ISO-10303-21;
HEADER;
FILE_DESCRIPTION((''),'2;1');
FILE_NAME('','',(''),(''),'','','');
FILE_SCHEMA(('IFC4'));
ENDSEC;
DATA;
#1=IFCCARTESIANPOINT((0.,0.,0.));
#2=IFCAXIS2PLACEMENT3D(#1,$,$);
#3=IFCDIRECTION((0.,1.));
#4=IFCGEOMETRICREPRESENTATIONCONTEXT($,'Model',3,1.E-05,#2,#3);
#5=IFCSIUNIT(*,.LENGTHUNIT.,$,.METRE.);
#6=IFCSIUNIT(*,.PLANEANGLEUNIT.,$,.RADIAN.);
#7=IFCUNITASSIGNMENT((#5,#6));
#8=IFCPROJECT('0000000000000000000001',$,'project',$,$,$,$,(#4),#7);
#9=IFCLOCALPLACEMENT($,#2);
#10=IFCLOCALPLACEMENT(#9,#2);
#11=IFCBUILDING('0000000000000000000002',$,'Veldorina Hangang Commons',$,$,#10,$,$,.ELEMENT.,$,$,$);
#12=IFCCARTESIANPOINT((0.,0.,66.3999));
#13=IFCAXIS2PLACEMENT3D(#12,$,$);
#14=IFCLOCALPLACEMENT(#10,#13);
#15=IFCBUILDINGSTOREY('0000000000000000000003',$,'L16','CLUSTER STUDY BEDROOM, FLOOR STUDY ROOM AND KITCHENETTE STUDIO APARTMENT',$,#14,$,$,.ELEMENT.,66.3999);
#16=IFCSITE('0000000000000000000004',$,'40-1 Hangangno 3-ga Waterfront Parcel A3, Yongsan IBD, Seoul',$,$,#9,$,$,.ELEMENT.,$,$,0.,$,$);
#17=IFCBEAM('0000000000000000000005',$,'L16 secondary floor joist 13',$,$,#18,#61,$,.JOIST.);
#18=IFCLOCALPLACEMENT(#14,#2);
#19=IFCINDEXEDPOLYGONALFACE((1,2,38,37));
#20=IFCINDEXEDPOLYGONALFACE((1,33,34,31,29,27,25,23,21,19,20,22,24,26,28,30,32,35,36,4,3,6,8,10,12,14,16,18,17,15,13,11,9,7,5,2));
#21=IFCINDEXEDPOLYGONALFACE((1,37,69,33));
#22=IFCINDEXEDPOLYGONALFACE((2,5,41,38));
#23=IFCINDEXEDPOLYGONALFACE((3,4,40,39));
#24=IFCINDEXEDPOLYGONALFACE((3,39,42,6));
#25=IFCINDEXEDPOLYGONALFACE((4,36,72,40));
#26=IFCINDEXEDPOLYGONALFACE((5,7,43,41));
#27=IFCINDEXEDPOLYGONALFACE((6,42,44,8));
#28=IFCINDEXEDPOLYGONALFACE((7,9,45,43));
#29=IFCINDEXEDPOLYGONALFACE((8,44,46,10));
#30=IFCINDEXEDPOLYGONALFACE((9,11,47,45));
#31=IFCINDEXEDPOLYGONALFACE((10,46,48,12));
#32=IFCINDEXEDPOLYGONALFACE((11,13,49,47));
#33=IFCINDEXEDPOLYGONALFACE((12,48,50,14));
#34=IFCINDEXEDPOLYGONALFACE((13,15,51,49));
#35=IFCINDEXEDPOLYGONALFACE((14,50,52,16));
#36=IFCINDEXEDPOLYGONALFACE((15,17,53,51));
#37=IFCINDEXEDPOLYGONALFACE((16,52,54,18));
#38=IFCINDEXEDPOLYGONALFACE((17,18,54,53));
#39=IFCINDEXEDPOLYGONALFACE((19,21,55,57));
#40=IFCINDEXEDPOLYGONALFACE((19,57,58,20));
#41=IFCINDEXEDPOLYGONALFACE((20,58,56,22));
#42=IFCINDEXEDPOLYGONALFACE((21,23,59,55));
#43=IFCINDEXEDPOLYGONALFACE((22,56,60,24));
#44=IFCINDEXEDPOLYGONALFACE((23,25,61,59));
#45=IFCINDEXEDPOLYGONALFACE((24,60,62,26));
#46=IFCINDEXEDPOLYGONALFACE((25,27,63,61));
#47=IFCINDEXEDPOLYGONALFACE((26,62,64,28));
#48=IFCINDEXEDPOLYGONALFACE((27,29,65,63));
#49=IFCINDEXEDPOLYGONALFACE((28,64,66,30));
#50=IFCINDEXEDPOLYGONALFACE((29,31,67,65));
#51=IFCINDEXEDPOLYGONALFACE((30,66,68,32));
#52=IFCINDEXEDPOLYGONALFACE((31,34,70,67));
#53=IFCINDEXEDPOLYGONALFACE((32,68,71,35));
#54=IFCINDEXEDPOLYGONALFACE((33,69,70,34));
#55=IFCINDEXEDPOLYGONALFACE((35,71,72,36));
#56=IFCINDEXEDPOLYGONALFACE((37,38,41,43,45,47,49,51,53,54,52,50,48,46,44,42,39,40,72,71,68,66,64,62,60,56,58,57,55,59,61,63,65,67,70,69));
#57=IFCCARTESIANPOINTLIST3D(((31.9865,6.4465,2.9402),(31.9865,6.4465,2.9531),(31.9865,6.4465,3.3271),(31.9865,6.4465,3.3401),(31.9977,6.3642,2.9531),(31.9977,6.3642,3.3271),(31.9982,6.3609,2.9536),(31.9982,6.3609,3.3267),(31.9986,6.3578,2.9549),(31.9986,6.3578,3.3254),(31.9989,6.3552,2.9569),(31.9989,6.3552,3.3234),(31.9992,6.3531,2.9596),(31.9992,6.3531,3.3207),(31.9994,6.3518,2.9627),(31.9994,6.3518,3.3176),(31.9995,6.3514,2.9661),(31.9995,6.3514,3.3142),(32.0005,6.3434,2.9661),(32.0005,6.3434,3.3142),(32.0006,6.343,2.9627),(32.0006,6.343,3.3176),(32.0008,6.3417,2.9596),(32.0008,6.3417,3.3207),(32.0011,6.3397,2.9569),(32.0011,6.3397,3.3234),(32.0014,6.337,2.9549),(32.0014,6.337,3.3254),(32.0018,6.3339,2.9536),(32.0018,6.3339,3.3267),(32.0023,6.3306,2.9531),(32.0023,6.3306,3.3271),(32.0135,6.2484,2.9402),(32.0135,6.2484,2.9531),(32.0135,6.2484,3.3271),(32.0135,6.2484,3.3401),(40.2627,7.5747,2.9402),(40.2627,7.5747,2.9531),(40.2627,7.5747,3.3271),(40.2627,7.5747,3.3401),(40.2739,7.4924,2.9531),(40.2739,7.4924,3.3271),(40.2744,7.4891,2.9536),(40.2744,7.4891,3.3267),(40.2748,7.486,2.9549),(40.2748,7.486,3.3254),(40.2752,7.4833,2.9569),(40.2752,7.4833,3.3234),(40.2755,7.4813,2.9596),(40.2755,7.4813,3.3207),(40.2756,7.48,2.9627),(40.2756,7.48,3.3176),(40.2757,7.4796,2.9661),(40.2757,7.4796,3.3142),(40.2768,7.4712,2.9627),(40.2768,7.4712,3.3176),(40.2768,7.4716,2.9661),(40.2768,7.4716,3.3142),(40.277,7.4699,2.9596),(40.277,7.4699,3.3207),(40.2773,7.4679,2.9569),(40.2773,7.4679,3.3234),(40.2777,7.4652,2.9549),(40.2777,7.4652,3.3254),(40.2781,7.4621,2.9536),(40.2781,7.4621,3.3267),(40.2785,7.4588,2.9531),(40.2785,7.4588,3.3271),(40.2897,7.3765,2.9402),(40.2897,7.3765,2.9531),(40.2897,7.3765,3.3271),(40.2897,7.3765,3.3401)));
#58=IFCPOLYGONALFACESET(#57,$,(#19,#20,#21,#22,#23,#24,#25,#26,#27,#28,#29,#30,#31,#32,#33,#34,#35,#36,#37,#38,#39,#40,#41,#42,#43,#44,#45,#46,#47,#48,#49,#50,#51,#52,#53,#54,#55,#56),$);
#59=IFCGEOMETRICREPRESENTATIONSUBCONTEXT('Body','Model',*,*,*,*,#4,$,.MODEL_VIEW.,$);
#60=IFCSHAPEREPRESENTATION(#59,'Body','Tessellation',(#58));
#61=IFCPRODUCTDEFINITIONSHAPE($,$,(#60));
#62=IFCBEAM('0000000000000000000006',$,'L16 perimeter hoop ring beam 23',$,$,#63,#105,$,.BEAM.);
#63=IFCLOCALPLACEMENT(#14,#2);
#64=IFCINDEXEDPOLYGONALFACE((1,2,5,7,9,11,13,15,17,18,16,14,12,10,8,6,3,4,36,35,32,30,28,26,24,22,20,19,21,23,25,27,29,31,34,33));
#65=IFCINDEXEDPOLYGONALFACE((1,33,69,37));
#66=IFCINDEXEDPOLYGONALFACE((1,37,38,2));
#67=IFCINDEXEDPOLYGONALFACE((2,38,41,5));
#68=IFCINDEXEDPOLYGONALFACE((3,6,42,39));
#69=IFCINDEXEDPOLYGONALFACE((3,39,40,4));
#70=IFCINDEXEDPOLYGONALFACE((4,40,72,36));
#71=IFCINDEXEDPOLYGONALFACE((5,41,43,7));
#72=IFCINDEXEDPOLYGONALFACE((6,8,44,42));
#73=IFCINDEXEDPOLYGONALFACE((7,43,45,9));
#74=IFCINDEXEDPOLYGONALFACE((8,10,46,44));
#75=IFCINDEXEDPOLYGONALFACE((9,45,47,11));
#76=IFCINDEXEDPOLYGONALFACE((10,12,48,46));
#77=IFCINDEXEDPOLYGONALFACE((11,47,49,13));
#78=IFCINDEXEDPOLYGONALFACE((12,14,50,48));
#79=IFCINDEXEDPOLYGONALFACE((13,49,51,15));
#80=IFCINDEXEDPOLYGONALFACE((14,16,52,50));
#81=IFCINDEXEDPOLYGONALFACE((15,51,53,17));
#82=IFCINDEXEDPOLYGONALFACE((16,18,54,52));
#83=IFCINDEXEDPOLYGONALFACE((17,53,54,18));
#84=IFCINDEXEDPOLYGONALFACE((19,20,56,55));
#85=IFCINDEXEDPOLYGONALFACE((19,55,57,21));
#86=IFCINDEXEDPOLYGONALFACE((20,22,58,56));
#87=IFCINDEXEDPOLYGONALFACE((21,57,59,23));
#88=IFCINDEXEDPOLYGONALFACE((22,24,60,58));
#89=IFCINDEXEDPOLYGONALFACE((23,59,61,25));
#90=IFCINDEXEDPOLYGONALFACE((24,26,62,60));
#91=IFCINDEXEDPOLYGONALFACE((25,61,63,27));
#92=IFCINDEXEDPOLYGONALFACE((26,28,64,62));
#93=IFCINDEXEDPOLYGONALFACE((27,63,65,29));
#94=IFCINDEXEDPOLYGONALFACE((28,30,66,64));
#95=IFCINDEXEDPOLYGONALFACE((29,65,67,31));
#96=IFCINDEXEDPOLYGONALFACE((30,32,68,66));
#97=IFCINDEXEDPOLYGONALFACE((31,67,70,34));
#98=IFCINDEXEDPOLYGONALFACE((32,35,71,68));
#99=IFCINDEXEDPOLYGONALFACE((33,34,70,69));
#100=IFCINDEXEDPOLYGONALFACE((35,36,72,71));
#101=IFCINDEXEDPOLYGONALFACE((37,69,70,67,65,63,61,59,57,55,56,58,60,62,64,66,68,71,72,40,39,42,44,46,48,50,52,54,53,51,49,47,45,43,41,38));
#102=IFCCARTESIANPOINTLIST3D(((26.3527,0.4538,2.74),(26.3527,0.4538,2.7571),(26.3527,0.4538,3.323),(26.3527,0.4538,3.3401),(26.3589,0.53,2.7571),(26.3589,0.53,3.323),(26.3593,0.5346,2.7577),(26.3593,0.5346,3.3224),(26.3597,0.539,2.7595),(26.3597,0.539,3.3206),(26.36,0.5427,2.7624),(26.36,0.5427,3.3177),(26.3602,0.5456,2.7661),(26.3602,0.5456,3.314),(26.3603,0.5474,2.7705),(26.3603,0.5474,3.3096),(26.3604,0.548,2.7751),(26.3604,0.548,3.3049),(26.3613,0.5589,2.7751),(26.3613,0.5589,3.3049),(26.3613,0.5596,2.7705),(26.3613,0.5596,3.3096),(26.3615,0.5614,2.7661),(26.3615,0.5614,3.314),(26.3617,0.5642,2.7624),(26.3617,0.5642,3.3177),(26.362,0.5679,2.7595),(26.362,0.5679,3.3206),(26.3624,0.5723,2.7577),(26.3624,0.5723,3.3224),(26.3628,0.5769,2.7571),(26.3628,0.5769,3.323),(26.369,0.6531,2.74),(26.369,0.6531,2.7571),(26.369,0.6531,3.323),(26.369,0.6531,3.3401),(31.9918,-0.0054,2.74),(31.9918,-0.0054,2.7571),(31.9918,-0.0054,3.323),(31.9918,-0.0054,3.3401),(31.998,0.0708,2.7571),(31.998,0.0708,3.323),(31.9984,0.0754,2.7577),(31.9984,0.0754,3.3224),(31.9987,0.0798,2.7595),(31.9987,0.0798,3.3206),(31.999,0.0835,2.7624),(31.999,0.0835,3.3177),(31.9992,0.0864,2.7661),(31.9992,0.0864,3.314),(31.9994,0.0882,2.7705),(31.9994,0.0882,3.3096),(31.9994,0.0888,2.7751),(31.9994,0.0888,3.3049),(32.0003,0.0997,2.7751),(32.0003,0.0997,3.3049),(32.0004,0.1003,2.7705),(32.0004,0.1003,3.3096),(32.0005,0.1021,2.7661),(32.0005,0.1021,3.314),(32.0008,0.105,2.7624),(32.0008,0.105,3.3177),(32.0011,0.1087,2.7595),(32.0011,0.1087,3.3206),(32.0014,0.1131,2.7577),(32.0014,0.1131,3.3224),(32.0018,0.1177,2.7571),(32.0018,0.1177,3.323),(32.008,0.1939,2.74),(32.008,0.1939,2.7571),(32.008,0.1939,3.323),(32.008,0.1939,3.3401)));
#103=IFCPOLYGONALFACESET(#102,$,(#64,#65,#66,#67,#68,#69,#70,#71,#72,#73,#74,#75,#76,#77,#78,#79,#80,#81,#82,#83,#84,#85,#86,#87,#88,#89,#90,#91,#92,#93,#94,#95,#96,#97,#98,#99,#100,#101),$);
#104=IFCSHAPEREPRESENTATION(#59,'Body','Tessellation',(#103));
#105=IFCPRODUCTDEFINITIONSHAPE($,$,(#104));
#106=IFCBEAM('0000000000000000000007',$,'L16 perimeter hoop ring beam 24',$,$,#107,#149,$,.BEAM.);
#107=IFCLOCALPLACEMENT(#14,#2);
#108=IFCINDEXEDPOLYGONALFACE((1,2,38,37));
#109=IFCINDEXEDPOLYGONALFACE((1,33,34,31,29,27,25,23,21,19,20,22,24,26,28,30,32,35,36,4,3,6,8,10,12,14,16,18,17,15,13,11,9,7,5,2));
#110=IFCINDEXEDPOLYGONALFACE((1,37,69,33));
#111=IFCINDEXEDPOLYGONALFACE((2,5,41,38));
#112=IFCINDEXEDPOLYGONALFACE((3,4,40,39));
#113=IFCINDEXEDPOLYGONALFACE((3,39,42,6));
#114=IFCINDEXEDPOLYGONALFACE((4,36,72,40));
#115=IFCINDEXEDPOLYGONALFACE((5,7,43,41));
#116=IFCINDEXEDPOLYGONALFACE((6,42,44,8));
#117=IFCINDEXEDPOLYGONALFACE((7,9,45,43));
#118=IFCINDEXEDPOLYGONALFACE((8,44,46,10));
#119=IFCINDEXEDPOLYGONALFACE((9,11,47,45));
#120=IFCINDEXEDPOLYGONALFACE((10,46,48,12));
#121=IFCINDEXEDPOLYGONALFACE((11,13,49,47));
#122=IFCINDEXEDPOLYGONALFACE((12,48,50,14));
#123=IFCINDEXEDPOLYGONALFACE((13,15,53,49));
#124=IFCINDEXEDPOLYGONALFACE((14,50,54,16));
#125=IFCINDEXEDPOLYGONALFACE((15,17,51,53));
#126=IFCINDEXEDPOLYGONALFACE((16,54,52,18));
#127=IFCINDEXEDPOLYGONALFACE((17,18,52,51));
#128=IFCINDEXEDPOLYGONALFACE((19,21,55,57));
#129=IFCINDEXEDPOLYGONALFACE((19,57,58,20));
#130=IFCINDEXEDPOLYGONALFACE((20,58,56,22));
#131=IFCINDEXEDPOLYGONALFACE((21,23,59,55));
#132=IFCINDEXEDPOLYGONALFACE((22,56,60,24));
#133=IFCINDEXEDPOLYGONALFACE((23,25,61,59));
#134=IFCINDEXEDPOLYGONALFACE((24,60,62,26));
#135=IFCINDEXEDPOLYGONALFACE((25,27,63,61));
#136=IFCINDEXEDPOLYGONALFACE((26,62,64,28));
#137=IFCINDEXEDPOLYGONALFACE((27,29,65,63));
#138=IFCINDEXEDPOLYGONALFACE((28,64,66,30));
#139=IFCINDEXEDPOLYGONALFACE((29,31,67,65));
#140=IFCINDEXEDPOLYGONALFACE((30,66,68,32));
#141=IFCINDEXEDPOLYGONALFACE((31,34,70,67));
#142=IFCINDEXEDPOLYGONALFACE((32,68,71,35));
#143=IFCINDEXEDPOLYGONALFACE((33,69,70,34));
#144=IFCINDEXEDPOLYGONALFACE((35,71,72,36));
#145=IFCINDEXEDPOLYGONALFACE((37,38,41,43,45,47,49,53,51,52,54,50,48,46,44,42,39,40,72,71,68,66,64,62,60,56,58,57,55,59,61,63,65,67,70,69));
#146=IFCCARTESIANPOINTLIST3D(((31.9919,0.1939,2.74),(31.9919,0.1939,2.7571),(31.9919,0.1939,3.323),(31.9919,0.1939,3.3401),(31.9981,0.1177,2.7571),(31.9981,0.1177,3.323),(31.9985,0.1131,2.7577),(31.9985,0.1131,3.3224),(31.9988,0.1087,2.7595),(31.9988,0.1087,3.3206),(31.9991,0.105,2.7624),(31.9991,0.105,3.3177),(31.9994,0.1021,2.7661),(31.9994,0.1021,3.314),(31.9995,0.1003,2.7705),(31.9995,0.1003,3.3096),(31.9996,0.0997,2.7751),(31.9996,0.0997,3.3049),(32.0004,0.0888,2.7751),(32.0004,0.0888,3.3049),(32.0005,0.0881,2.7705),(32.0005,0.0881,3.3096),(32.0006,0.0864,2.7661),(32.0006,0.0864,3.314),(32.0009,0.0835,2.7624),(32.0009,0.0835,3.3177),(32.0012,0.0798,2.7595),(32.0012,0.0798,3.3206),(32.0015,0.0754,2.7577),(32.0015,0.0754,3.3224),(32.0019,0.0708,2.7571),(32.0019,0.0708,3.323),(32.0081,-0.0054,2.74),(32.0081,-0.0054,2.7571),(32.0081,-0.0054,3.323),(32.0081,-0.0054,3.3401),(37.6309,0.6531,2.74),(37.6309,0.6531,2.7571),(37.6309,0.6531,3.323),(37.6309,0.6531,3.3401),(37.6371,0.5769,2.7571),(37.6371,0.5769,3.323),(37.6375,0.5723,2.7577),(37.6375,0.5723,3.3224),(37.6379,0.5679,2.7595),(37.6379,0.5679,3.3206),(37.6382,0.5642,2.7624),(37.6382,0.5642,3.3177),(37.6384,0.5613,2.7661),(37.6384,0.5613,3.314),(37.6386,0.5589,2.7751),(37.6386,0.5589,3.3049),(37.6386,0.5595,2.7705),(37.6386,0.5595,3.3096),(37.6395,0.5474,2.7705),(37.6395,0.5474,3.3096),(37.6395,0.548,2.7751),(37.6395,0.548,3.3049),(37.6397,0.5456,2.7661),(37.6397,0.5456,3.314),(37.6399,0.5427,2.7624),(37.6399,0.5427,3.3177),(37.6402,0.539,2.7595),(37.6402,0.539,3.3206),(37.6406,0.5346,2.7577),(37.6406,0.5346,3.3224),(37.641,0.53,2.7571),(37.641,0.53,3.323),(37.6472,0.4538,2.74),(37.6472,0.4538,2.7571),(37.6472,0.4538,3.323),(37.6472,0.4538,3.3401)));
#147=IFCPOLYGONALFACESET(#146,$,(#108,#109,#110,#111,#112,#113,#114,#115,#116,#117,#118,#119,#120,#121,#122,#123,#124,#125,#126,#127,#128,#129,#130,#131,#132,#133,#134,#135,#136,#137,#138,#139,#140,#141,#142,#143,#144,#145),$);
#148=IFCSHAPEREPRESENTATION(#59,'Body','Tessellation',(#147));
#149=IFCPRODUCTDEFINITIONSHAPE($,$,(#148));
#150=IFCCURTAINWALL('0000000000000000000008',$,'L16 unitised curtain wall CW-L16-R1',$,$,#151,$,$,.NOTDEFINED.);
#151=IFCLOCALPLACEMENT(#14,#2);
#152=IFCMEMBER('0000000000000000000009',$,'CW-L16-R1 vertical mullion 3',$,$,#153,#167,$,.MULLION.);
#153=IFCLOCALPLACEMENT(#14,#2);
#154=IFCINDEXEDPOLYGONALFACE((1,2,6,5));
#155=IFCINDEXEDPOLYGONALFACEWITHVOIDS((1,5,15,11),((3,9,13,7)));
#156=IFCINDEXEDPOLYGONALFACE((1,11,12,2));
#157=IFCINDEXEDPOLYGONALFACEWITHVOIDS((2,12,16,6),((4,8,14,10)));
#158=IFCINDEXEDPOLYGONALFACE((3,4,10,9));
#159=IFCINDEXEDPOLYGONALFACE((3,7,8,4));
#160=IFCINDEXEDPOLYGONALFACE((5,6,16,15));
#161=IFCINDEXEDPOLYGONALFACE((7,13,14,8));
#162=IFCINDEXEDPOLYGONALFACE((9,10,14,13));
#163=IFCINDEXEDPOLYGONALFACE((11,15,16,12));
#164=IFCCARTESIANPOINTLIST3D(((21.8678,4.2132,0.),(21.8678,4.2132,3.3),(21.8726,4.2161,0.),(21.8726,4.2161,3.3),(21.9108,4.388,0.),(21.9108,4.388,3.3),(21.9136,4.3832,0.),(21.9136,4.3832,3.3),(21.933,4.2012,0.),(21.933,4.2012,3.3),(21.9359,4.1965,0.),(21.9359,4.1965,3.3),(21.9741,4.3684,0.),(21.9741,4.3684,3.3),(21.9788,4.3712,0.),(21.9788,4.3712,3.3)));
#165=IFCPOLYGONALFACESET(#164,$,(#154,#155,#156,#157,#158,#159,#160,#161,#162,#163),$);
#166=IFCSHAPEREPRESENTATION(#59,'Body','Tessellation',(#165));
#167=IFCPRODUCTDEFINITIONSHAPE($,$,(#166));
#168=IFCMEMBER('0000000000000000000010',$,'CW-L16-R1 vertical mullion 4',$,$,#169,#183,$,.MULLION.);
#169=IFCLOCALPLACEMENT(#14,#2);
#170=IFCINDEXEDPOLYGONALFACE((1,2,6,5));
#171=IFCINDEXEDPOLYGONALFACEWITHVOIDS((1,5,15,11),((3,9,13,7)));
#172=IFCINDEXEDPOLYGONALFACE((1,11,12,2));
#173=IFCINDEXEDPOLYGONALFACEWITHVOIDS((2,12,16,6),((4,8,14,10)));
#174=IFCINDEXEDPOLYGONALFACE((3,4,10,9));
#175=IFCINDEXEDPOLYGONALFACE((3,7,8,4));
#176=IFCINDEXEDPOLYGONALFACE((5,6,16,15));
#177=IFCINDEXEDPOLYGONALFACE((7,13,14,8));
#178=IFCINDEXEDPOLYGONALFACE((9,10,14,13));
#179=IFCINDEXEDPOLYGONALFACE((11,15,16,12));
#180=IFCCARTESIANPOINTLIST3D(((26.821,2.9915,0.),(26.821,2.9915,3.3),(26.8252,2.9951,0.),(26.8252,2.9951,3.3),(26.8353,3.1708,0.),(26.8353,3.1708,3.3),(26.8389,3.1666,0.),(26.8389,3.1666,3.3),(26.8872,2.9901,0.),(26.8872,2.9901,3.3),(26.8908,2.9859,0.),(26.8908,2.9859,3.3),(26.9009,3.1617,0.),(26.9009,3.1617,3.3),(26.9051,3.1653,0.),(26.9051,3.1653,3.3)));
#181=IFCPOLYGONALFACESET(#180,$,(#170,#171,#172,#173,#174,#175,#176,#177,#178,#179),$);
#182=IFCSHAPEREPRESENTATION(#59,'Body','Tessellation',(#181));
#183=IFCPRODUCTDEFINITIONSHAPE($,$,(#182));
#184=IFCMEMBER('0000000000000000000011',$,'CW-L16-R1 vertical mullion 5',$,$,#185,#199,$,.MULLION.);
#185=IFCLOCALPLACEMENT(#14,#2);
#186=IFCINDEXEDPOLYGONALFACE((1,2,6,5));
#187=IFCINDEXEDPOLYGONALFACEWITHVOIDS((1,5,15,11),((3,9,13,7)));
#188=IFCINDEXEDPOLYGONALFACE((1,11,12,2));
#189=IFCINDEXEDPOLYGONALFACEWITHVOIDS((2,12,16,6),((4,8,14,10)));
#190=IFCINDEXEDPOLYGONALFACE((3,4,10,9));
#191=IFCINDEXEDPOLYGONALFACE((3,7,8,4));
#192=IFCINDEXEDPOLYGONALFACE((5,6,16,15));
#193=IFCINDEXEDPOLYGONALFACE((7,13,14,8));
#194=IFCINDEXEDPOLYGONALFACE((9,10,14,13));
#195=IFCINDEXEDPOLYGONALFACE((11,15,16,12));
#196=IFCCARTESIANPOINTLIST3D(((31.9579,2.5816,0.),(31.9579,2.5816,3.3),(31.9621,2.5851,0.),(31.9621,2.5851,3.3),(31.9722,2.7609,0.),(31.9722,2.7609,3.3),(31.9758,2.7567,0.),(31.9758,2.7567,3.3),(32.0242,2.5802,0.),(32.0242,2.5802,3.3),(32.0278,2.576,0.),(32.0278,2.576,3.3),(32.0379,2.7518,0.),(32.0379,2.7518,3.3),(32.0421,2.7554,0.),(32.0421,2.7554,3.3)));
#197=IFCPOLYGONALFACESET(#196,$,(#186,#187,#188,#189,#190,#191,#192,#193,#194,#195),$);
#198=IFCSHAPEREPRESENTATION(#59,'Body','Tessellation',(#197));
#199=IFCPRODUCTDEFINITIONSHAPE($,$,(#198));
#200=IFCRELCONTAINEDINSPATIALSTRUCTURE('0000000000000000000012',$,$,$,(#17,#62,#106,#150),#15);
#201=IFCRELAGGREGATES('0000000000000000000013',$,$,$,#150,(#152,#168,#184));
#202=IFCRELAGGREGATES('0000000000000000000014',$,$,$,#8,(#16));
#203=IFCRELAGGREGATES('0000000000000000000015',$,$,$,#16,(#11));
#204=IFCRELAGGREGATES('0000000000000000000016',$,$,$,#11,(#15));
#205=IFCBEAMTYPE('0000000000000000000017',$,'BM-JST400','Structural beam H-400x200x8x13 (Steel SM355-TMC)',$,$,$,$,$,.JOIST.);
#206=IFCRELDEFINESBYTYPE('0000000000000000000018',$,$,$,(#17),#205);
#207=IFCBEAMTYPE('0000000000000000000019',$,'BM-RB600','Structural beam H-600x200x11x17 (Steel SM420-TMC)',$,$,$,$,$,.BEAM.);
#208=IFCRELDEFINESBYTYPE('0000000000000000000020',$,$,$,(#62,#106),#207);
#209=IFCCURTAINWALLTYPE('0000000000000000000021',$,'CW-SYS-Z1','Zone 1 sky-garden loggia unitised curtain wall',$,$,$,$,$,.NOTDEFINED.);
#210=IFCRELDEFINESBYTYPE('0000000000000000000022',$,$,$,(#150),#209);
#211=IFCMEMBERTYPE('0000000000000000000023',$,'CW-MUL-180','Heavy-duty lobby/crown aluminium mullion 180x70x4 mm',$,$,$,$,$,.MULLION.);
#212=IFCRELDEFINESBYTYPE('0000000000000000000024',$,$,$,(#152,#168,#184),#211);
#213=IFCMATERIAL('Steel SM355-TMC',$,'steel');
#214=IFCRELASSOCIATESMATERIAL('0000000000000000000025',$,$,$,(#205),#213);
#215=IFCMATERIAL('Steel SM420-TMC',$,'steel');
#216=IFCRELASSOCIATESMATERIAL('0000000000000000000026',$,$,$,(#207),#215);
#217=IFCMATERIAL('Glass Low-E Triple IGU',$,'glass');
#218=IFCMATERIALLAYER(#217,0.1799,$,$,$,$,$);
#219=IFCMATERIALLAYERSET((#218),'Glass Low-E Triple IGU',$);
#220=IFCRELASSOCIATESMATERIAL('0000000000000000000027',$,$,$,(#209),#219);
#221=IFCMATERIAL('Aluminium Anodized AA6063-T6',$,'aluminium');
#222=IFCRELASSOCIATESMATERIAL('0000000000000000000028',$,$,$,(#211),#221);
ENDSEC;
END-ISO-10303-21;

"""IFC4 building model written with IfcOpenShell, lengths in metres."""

from ifc_helpers import new_model, si_unit, direction, frame, origin, origin_2d, place, context, subcontext, project, spatial, hollow_rectangle, i_section, extrude, material, layer, layer_set, material_profile, profile_set, type_object, element, aggregate, save


model = new_model("IFC4")

# Units and contexts
model_context = context("Model", 3, precision=1e-05, world=origin(), true_north=direction((0.0, 1.0)))
body_context = subcontext(model_context, "Body", "Model", "MODEL_VIEW")
ifc_project = project(units=[si_unit("LENGTHUNIT", "METRE"), si_unit("PLANEANGLEUNIT", "RADIAN")], contexts=[model_context])

# Site, building, storey
site_placement = place(None, origin())
site = spatial("IfcSite", under=ifc_project, at=site_placement, Name="40-1 Hangangno 3-ga Waterfront Parcel A3, Yongsan IBD, Seoul", CompositionType="ELEMENT", RefElevation=0.0)
building_placement = place(site_placement, origin())
building = spatial("IfcBuilding", under=site, at=building_placement, Name="Veldorina Hangang Commons", CompositionType="ELEMENT")
storey_placement = place(building_placement, frame((0.0, 0.0, 66.3999)))
storey = spatial("IfcBuildingStorey", under=building, at=storey_placement, Name="L16", Description="CLUSTER STUDY BEDROOM, FLOOR STUDY ROOM AND KITCHENETTE STUDIO APARTMENT", CompositionType="ELEMENT", Elevation=66.3999)

# Beams
ifc_material_1 = material(Name="Steel SM355-TMC", Category="steel")
ifc_material_profile_1 = material_profile(ifc_material_1, i_section(OverallWidth=0.2, OverallDepth=0.3999, WebThickness=0.0081, FlangeThickness=0.0129, FilletRadius=0.0129, at=origin_2d()), Name="H-400x200x8x13")
ifc_profile_set_1 = profile_set([ifc_material_profile_1], Name="Steel SM355-TMC")
beam_type_1 = type_object("IfcBeamType", Name="BM-JST400", Description="Structural beam H-400x200x8x13 (Steel SM355-TMC)", PredefinedType="JOIST", material=ifc_profile_set_1)
beam_placement = place(storey_placement, frame((32.0, 6.3474, 3.1401), z_axis=(0.990836, 0.135068, 0.0), x_axis=(-0.135068, 0.990836, 0.0)))
element("IfcBeam", 1, at=beam_placement, inside=storey, type_object=beam_type_1, Name="L16 secondary floor joist 13", PredefinedType="JOIST", context=body_context, shape_type="SweptSolid", body=[
    extrude(i_section(OverallWidth=0.2, OverallDepth=0.3999, WebThickness=0.0081, FlangeThickness=0.0129, FilletRadius=0.0129, at=origin_2d()), origin(), (0.0, 0.0, 1.0), 8.3528),
])
ifc_material_2 = material(Name="Steel SM420-TMC", Category="steel")
ifc_material_profile_2 = material_profile(ifc_material_2, i_section(OverallWidth=0.2, OverallDepth=0.6001, WebThickness=0.011, FlangeThickness=0.0171, FilletRadius=0.0181, at=origin_2d()), Name="H-600x200x11x17")
ifc_profile_set_2 = profile_set([ifc_material_profile_2], Name="Steel SM420-TMC")
beam_type_2 = type_object("IfcBeamType", Name="BM-RB600", Description="Structural beam H-600x200x11x17 (Steel SM420-TMC)", PredefinedType="BEAM", material=ifc_profile_set_2)
for number, where, z_axis, x_axis, name in (
    (2, (26.3608, 0.5535, 3.04), (0.996701, -0.081167, 0.0), (0.081167, 0.996701, 0.0), "L16 perimeter hoop ring beam 23"),
    (3, (32.0, 0.0942, 3.04), (0.996701, 0.081167, 0.0), (-0.081167, 0.996701, 0.0), "L16 perimeter hoop ring beam 24"),
):
    element("IfcBeam", number, at=place(storey_placement, frame(where, z_axis=z_axis, x_axis=x_axis)), inside=storey, type_object=beam_type_2, Name=name, PredefinedType="BEAM", context=body_context, shape_type="SweptSolid", body=[
        extrude(i_section(OverallWidth=0.2, OverallDepth=0.6001, WebThickness=0.011, FlangeThickness=0.0171, FilletRadius=0.0181, at=origin_2d()), origin(), (0.0, 0.0, 1.0), 5.6577),
    ])

# Curtain wall, members
ifc_material_3 = material(Name="Glass Low-E Triple IGU", Category="glass")
ifc_layer_1 = layer(ifc_material_3, 0.1799)
ifc_layer_set_1 = layer_set([ifc_layer_1], Name="Glass Low-E Triple IGU")
curtain_wall_type = type_object("IfcCurtainWallType", Name="CW-SYS-Z1", Description="Zone 1 sky-garden loggia unitised curtain wall", PredefinedType="NOTDEFINED", material=ifc_layer_set_1)
curtain_wall_placement = place(storey_placement, origin())
curtain_wall = element("IfcCurtainWall", 4, at=curtain_wall_placement, inside=storey, type_object=curtain_wall_type, Name="L16 unitised curtain wall CW-L16-R1", PredefinedType="NOTDEFINED")
ifc_material_4 = material(Name="Aluminium Anodized AA6063-T6", Category="aluminium")
ifc_material_profile_3 = material_profile(ifc_material_4, hollow_rectangle(XDim=0.0701, YDim=0.1799, WallThickness=0.0039, at=origin_2d()), Name="ALU-RHS-180x70x4")
ifc_profile_set_3 = profile_set([ifc_material_profile_3], Name="Aluminium Anodized AA6063-T6")
member_type_1 = type_object("IfcMemberType", Name="CW-MUL-180", Description="Heavy-duty lobby/crown aluminium mullion 180x70x4 mm", PredefinedType="MULLION", material=ifc_profile_set_3)
member_1_placement = place(storey_placement, frame((21.9233, 4.2922, 0.0), z_axis=(0.0, 0.0, 1.0), x_axis=(0.971105, -0.238652, 0.0)))
member_1 = element("IfcMember", 5, at=member_1_placement, type_object=member_type_1, Name="CW-L16-R1 vertical mullion 3", PredefinedType="MULLION", context=body_context, shape_type="SweptSolid", body=[
    extrude(hollow_rectangle(XDim=0.0701, YDim=0.1799, WallThickness=0.0039, at=origin_2d()), origin(), (0.0, 0.0, 1.0), 3.3),
])
member_2_placement = place(storey_placement, frame((26.863, 3.0784, 0.0), z_axis=(0.0, 0.0, 1.0), x_axis=(0.996832, -0.079538, 0.0)))
member_2 = element("IfcMember", 6, at=member_2_placement, type_object=member_type_1, Name="CW-L16-R1 vertical mullion 4", PredefinedType="MULLION", context=body_context, shape_type="SweptSolid", body=[
    extrude(hollow_rectangle(XDim=0.0701, YDim=0.1799, WallThickness=0.0039, at=origin_2d()), origin(), (0.0, 0.0, 1.0), 3.3),
])
member_3_placement = place(storey_placement, frame((32.0, 2.6685, 0.0), z_axis=(0.0, 0.0, 1.0), x_axis=(-0.996832, 0.079538, 0.0)))
member_3 = element("IfcMember", 7, at=member_3_placement, type_object=member_type_1, Name="CW-L16-R1 vertical mullion 5", PredefinedType="MULLION", context=body_context, shape_type="SweptSolid", body=[
    extrude(hollow_rectangle(XDim=0.0701, YDim=0.1799, WallThickness=0.0039, at=origin_2d()), origin(), (0.0, 0.0, 1.0), 3.3),
])

aggregate(curtain_wall, [member_1, member_2, member_3])

save(model, "model.ifc")
